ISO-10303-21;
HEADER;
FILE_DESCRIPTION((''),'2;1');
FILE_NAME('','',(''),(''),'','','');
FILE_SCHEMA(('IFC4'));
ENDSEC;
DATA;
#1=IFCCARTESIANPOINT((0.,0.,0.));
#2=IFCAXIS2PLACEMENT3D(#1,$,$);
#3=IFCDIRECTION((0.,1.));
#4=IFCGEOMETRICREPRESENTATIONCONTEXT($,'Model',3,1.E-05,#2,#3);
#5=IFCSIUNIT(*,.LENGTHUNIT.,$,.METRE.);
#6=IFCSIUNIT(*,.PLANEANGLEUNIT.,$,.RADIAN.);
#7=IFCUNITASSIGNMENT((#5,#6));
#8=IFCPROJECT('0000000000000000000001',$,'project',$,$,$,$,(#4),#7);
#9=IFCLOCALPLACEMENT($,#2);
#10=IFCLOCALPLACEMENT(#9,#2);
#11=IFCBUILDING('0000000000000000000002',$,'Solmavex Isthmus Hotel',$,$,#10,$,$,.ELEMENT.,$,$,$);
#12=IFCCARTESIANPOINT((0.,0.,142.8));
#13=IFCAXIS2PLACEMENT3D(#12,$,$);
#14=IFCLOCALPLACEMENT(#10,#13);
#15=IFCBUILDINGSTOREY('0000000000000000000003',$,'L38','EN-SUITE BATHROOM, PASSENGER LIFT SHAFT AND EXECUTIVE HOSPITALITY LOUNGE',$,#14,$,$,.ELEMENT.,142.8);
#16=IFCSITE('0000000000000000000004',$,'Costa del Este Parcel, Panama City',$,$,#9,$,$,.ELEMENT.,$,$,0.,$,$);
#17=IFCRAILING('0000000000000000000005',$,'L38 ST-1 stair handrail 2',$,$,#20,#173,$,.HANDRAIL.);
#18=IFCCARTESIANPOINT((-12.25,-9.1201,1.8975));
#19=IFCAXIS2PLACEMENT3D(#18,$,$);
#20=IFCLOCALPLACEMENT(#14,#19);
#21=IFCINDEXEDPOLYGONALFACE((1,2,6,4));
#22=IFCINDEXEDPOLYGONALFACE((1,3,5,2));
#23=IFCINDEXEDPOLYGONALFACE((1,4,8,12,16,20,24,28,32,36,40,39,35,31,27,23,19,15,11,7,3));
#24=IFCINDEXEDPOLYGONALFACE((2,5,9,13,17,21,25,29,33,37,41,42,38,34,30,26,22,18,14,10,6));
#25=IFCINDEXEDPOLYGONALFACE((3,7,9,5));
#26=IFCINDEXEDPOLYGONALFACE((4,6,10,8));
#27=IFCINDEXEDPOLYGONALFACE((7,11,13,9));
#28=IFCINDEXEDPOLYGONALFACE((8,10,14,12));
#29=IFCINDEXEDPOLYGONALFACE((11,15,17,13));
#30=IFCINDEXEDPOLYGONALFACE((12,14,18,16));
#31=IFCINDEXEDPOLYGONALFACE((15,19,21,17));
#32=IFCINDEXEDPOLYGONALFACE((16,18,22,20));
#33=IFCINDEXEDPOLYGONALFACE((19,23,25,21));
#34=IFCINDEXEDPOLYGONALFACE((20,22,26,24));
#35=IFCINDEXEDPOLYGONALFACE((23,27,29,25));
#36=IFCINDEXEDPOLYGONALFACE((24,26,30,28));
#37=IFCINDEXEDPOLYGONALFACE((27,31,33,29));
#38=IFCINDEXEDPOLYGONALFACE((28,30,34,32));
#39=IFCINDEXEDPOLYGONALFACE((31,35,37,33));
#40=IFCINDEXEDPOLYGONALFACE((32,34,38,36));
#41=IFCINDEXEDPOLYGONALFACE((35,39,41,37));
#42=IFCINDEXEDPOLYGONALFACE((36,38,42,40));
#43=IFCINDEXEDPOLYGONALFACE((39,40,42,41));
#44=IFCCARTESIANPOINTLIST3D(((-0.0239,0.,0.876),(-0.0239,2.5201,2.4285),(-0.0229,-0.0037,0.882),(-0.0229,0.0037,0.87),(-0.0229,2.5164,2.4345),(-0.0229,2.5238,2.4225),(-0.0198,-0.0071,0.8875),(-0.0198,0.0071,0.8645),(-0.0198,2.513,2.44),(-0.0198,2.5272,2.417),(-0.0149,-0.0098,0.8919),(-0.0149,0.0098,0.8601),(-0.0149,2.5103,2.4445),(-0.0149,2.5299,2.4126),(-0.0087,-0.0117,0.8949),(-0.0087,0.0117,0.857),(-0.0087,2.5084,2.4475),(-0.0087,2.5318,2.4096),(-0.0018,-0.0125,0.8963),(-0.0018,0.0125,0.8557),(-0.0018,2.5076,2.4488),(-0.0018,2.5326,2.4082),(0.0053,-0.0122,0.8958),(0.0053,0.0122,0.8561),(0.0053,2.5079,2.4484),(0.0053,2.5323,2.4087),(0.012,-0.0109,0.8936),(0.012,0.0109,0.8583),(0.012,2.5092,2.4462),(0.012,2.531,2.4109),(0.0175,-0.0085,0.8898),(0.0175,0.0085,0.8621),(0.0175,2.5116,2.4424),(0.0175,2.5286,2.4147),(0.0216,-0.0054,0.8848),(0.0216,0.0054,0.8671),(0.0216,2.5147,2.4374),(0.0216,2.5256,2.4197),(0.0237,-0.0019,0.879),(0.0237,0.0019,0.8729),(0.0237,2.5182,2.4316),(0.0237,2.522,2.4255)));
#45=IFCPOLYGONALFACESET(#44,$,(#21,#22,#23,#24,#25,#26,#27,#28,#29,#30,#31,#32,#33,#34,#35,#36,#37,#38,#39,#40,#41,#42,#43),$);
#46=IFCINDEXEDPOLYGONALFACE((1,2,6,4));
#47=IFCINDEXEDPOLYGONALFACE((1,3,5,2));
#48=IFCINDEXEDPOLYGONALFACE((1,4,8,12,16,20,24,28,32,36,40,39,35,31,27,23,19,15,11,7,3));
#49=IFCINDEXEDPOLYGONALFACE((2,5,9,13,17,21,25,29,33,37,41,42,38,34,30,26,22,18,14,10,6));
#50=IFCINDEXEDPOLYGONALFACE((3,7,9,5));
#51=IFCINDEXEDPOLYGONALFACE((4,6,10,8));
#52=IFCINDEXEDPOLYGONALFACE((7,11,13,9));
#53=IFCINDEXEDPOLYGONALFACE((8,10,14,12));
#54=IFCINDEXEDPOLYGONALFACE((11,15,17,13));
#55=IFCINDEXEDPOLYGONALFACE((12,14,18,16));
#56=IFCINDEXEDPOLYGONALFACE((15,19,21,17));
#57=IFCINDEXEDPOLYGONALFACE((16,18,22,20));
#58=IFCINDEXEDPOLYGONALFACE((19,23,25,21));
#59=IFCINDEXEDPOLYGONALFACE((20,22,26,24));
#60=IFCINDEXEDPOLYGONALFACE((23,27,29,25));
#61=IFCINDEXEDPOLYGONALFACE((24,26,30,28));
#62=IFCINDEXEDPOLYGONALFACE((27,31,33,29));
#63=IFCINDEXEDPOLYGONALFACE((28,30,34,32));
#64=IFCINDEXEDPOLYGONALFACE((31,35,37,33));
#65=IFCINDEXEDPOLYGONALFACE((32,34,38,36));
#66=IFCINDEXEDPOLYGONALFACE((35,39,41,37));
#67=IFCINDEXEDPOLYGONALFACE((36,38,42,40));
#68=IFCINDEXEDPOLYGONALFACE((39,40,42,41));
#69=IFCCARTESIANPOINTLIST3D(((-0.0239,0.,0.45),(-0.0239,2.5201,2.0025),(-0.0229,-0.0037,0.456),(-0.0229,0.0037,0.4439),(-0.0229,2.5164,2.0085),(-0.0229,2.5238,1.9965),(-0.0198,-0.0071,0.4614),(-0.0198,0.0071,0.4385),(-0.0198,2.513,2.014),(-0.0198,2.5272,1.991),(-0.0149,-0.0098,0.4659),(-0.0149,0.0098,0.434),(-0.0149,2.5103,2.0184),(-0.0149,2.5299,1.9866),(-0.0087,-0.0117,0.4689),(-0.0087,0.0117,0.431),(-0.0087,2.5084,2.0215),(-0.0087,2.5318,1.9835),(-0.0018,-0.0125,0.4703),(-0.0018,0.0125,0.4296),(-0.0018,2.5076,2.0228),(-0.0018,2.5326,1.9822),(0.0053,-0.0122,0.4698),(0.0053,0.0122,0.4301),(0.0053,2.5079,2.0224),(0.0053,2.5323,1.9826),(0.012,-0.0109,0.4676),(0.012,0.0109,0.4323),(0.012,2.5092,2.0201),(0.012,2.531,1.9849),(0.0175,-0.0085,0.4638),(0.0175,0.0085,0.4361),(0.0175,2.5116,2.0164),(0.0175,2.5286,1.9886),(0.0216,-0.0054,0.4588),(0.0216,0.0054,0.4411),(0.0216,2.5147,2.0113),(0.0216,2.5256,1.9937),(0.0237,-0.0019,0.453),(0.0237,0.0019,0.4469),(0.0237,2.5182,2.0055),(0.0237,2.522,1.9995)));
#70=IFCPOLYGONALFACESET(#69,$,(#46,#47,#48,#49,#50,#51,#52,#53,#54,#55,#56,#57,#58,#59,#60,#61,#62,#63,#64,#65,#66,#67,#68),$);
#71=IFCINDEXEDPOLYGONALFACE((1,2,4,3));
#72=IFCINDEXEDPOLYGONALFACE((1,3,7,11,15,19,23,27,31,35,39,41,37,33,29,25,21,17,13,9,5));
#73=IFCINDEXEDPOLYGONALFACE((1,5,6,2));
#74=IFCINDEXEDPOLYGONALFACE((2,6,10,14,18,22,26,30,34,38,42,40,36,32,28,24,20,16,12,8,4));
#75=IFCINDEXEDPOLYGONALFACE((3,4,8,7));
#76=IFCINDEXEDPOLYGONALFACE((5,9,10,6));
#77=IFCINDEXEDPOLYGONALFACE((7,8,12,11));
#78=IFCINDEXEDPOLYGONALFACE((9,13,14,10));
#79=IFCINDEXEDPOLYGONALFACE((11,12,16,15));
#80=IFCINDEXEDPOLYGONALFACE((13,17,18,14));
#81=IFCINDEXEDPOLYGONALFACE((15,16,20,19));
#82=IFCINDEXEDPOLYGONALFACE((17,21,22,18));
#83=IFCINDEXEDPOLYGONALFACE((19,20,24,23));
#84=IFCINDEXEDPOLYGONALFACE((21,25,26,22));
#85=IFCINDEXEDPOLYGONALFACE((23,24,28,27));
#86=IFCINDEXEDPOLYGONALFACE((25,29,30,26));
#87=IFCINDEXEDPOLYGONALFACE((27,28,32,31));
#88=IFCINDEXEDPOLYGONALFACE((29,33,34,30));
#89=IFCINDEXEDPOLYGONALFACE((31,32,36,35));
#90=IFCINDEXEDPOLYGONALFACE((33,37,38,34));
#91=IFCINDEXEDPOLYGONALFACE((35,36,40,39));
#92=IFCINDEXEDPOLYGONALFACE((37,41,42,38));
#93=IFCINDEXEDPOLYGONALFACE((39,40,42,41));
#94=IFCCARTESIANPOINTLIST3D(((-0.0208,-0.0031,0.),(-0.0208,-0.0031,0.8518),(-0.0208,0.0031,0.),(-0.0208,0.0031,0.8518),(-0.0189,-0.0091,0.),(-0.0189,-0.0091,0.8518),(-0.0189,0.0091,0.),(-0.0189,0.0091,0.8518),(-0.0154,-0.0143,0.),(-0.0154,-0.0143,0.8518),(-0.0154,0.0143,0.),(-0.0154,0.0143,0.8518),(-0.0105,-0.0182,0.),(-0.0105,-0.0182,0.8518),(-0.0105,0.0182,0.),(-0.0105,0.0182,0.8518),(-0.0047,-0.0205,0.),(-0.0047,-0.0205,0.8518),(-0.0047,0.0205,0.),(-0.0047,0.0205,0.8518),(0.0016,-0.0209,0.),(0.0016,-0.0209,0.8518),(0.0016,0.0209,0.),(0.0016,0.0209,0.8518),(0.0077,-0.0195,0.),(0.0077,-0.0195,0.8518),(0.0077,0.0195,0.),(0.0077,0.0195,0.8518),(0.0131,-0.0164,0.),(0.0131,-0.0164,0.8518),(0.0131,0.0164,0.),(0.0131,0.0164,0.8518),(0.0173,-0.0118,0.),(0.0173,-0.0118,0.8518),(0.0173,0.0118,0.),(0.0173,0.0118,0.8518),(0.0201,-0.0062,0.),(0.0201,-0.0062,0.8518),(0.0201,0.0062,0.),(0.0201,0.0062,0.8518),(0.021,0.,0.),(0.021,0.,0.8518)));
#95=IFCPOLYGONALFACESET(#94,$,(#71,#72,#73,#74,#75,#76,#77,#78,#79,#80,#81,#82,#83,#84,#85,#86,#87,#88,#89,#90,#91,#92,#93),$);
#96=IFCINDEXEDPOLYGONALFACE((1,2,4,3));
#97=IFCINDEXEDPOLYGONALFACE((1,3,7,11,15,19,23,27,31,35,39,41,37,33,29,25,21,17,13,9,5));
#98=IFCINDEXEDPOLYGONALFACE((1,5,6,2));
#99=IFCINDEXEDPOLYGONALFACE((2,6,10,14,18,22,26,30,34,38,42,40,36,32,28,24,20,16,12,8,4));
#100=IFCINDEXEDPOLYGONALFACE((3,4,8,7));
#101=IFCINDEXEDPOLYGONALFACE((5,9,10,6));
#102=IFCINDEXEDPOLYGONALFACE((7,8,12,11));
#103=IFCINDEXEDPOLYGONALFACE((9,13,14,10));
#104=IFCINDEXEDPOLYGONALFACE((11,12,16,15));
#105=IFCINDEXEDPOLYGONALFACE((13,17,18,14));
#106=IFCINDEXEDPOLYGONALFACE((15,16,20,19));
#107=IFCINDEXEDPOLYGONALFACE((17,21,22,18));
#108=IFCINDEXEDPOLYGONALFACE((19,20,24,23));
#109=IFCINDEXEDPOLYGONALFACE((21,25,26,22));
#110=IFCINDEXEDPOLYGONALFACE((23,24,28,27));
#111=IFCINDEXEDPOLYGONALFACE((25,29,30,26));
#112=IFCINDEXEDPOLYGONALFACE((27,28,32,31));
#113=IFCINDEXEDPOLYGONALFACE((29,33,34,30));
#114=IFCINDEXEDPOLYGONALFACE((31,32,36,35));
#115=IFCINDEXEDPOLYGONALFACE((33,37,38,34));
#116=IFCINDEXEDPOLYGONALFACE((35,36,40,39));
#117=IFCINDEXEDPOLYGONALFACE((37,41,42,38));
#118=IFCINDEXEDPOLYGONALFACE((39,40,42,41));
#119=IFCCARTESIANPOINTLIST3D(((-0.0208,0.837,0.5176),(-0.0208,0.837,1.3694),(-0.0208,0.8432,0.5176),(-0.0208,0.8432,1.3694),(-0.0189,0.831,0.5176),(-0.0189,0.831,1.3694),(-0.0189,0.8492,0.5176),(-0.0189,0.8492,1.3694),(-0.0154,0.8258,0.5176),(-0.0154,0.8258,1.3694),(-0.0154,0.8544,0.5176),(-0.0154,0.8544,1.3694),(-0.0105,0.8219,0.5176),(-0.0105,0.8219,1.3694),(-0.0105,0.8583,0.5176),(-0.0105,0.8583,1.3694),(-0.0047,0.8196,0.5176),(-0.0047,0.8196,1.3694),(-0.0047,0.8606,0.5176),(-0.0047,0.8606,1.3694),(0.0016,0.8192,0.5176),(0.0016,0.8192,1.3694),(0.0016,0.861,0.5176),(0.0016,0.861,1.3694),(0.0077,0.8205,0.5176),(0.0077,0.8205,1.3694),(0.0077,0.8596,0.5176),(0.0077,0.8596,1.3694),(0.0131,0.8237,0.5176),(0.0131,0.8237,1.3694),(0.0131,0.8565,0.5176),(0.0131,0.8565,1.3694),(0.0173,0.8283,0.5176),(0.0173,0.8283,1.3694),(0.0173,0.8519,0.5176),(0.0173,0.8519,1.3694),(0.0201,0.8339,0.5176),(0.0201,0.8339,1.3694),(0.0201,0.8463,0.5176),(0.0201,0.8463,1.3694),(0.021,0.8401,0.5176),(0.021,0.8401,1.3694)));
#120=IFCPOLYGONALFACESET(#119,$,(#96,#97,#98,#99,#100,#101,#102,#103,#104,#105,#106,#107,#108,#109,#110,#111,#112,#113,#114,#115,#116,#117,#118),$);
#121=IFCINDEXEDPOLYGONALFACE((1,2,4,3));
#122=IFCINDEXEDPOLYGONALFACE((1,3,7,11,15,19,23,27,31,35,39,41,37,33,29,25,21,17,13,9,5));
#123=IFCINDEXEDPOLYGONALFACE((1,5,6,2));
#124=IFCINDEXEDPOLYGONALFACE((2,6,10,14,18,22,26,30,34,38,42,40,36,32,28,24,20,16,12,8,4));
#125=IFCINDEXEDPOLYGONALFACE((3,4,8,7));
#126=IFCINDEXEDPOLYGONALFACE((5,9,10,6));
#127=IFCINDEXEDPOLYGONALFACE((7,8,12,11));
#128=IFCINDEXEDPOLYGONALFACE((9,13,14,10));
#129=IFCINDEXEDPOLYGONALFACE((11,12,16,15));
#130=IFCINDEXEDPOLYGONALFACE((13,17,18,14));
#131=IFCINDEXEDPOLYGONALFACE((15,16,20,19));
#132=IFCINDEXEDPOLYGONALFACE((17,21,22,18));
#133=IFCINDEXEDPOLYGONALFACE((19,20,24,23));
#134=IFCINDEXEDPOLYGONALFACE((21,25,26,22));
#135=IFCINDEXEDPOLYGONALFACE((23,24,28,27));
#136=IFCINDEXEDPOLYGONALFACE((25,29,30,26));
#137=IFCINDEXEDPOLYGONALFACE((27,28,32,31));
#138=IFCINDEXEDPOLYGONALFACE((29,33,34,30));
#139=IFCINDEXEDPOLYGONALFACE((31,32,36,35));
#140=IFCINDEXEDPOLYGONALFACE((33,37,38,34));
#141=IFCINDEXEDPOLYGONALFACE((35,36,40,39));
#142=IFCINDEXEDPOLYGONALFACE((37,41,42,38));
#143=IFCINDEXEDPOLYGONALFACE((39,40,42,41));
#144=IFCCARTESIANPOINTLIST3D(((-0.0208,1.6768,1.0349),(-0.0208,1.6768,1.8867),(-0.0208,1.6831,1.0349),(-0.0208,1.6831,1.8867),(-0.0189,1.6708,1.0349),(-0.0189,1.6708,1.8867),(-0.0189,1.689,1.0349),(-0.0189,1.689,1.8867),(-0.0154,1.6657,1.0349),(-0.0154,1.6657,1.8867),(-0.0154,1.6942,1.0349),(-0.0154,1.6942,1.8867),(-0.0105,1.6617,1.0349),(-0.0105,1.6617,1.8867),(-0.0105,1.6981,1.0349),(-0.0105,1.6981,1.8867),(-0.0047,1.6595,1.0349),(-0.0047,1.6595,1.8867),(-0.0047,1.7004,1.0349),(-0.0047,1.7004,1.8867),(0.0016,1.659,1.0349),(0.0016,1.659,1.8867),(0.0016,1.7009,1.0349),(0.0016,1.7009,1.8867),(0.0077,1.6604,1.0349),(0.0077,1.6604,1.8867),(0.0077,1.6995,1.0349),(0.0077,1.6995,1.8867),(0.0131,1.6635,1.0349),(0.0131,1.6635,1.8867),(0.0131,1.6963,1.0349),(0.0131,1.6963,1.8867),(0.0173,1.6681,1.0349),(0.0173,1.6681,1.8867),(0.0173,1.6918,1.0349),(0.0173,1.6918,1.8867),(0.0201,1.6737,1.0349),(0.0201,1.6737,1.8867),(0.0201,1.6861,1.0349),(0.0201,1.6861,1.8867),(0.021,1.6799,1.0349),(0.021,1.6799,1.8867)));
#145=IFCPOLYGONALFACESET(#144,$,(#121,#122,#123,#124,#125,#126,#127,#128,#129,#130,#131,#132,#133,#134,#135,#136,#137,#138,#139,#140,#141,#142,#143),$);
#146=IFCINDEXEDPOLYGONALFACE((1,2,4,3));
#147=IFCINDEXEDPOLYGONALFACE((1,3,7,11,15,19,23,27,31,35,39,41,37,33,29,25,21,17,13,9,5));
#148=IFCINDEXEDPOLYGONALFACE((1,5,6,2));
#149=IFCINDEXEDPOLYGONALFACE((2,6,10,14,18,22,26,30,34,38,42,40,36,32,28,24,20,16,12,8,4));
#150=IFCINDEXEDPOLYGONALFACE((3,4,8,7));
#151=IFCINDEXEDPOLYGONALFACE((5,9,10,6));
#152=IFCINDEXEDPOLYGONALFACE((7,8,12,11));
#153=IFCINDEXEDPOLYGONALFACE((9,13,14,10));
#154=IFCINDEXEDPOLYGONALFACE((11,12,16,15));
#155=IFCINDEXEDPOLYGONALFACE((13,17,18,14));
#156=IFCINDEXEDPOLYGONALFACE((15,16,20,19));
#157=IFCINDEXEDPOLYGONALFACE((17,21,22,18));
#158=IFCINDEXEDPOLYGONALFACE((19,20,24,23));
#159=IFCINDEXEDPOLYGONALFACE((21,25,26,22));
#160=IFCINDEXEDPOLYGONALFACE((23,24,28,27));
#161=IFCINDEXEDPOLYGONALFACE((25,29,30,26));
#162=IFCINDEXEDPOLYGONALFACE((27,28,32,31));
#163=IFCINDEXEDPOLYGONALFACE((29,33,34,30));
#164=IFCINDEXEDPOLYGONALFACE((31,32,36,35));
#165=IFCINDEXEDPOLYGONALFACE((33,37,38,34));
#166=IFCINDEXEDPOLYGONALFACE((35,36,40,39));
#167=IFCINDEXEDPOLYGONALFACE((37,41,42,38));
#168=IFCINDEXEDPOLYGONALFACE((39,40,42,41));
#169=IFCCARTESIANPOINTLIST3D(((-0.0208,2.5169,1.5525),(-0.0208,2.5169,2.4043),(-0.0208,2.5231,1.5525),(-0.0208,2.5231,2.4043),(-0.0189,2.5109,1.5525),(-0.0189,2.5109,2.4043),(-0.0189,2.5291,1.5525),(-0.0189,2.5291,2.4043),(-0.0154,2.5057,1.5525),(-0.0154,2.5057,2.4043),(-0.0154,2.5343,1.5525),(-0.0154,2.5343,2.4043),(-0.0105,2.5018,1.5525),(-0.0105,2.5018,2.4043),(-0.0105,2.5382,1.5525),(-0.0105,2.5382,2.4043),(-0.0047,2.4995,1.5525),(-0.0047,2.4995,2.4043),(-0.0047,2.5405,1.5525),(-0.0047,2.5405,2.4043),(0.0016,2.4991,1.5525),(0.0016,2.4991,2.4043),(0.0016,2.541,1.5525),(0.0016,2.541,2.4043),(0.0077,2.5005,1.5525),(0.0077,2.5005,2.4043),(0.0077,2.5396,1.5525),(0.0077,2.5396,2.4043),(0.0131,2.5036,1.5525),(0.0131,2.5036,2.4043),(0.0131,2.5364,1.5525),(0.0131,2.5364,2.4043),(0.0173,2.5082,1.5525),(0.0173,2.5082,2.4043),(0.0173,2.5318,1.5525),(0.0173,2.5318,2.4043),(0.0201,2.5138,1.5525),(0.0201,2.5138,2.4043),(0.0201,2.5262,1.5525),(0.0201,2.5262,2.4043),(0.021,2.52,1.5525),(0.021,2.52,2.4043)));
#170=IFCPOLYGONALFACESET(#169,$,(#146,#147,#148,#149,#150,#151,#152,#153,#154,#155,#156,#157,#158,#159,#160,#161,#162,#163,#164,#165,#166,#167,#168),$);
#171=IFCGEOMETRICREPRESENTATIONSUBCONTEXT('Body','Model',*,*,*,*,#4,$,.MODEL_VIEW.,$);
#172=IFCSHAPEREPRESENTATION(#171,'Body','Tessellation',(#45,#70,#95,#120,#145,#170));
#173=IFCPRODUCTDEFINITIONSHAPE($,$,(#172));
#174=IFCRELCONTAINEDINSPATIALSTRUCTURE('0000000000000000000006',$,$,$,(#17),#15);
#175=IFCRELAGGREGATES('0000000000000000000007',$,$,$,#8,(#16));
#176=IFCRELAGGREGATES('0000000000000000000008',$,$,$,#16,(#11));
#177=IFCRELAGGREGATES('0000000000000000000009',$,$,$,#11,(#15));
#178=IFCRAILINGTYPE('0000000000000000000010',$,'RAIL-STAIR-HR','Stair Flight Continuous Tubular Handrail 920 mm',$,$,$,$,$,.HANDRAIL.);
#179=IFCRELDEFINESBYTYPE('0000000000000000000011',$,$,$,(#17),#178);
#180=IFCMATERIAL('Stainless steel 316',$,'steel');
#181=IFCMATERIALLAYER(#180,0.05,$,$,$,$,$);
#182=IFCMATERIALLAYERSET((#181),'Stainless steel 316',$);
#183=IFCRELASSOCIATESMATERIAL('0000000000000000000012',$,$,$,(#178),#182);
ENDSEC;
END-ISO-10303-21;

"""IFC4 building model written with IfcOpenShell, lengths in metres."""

from ifc_helpers import new_model, si_unit, direction, frame, origin, origin_2d, place, context, subcontext, project, spatial, circle, extrude, material, layer, layer_set, type_object, element, save


model = new_model("IFC4")

# Units and contexts
model_context = context("Model", 3, precision=1e-05, world=origin(), true_north=direction((0.0, 1.0)))
body_context = subcontext(model_context, "Body", "Model", "MODEL_VIEW")
ifc_project = project(units=[si_unit("LENGTHUNIT", "METRE"), si_unit("PLANEANGLEUNIT", "RADIAN")], contexts=[model_context])

# Site, building, storey
site_placement = place(None, origin())
site = spatial("IfcSite", under=ifc_project, at=site_placement, Name="Costa del Este Parcel, Panama City", CompositionType="ELEMENT", RefElevation=0.0)
building_placement = place(site_placement, origin())
building = spatial("IfcBuilding", under=site, at=building_placement, Name="Solmavex Isthmus Hotel", CompositionType="ELEMENT")
storey_placement = place(building_placement, frame((0.0, 0.0, 142.8)))
storey = spatial("IfcBuildingStorey", under=building, at=storey_placement, Name="L38", Description="EN-SUITE BATHROOM, PASSENGER LIFT SHAFT AND EXECUTIVE HOSPITALITY LOUNGE", CompositionType="ELEMENT", Elevation=142.8)

# Railing
ifc_material_1 = material(Name="Stainless steel 316", Category="steel")
ifc_layer_1 = layer(ifc_material_1, 0.05)
ifc_layer_set_1 = layer_set([ifc_layer_1], Name="Stainless steel 316")
railing_type_1 = type_object("IfcRailingType", Name="RAIL-STAIR-HR", Description="Stair Flight Continuous Tubular Handrail 920 mm", PredefinedType="HANDRAIL", material=ifc_layer_set_1)
railing_1_placement = place(storey_placement, frame((-12.25, -9.1201, 1.8975)))
element("IfcRailing", 1, at=railing_1_placement, inside=storey, type_object=railing_type_1, Name="L38 ST-1 stair handrail 2", PredefinedType="HANDRAIL", context=body_context, shape_type="SweptSolid", body=[
    extrude(circle(Radius=0.0239, at=origin_2d()), frame((0.0, 0.0, 0.876), z_axis=(0.0, 0.8514, 0.524516), x_axis=(-1.0, 0.0, 0.0)), (0.0, 0.0, 1.0), 2.96),
    extrude(circle(Radius=0.0239, at=origin_2d()), frame((0.0, 0.0, 0.45), z_axis=(0.0, 0.8514, 0.524516), x_axis=(-1.0, 0.0, 0.0)), (0.0, 0.0, 1.0), 2.96),
    extrude(circle(Radius=0.021, at=origin_2d()), origin(), (0.0, 0.0, 1.0), 0.8518),
    extrude(circle(Radius=0.021, at=origin_2d()), frame((0.0, 0.8401, 0.5176)), (0.0, 0.0, 1.0), 0.8518),
    extrude(circle(Radius=0.021, at=origin_2d()), frame((0.0, 1.6799, 1.0349)), (0.0, 0.0, 1.0), 0.8518),
    extrude(circle(Radius=0.021, at=origin_2d()), frame((0.0, 2.52, 1.5525)), (0.0, 0.0, 1.0), 0.8518),
])

save(model, "model.ifc")
